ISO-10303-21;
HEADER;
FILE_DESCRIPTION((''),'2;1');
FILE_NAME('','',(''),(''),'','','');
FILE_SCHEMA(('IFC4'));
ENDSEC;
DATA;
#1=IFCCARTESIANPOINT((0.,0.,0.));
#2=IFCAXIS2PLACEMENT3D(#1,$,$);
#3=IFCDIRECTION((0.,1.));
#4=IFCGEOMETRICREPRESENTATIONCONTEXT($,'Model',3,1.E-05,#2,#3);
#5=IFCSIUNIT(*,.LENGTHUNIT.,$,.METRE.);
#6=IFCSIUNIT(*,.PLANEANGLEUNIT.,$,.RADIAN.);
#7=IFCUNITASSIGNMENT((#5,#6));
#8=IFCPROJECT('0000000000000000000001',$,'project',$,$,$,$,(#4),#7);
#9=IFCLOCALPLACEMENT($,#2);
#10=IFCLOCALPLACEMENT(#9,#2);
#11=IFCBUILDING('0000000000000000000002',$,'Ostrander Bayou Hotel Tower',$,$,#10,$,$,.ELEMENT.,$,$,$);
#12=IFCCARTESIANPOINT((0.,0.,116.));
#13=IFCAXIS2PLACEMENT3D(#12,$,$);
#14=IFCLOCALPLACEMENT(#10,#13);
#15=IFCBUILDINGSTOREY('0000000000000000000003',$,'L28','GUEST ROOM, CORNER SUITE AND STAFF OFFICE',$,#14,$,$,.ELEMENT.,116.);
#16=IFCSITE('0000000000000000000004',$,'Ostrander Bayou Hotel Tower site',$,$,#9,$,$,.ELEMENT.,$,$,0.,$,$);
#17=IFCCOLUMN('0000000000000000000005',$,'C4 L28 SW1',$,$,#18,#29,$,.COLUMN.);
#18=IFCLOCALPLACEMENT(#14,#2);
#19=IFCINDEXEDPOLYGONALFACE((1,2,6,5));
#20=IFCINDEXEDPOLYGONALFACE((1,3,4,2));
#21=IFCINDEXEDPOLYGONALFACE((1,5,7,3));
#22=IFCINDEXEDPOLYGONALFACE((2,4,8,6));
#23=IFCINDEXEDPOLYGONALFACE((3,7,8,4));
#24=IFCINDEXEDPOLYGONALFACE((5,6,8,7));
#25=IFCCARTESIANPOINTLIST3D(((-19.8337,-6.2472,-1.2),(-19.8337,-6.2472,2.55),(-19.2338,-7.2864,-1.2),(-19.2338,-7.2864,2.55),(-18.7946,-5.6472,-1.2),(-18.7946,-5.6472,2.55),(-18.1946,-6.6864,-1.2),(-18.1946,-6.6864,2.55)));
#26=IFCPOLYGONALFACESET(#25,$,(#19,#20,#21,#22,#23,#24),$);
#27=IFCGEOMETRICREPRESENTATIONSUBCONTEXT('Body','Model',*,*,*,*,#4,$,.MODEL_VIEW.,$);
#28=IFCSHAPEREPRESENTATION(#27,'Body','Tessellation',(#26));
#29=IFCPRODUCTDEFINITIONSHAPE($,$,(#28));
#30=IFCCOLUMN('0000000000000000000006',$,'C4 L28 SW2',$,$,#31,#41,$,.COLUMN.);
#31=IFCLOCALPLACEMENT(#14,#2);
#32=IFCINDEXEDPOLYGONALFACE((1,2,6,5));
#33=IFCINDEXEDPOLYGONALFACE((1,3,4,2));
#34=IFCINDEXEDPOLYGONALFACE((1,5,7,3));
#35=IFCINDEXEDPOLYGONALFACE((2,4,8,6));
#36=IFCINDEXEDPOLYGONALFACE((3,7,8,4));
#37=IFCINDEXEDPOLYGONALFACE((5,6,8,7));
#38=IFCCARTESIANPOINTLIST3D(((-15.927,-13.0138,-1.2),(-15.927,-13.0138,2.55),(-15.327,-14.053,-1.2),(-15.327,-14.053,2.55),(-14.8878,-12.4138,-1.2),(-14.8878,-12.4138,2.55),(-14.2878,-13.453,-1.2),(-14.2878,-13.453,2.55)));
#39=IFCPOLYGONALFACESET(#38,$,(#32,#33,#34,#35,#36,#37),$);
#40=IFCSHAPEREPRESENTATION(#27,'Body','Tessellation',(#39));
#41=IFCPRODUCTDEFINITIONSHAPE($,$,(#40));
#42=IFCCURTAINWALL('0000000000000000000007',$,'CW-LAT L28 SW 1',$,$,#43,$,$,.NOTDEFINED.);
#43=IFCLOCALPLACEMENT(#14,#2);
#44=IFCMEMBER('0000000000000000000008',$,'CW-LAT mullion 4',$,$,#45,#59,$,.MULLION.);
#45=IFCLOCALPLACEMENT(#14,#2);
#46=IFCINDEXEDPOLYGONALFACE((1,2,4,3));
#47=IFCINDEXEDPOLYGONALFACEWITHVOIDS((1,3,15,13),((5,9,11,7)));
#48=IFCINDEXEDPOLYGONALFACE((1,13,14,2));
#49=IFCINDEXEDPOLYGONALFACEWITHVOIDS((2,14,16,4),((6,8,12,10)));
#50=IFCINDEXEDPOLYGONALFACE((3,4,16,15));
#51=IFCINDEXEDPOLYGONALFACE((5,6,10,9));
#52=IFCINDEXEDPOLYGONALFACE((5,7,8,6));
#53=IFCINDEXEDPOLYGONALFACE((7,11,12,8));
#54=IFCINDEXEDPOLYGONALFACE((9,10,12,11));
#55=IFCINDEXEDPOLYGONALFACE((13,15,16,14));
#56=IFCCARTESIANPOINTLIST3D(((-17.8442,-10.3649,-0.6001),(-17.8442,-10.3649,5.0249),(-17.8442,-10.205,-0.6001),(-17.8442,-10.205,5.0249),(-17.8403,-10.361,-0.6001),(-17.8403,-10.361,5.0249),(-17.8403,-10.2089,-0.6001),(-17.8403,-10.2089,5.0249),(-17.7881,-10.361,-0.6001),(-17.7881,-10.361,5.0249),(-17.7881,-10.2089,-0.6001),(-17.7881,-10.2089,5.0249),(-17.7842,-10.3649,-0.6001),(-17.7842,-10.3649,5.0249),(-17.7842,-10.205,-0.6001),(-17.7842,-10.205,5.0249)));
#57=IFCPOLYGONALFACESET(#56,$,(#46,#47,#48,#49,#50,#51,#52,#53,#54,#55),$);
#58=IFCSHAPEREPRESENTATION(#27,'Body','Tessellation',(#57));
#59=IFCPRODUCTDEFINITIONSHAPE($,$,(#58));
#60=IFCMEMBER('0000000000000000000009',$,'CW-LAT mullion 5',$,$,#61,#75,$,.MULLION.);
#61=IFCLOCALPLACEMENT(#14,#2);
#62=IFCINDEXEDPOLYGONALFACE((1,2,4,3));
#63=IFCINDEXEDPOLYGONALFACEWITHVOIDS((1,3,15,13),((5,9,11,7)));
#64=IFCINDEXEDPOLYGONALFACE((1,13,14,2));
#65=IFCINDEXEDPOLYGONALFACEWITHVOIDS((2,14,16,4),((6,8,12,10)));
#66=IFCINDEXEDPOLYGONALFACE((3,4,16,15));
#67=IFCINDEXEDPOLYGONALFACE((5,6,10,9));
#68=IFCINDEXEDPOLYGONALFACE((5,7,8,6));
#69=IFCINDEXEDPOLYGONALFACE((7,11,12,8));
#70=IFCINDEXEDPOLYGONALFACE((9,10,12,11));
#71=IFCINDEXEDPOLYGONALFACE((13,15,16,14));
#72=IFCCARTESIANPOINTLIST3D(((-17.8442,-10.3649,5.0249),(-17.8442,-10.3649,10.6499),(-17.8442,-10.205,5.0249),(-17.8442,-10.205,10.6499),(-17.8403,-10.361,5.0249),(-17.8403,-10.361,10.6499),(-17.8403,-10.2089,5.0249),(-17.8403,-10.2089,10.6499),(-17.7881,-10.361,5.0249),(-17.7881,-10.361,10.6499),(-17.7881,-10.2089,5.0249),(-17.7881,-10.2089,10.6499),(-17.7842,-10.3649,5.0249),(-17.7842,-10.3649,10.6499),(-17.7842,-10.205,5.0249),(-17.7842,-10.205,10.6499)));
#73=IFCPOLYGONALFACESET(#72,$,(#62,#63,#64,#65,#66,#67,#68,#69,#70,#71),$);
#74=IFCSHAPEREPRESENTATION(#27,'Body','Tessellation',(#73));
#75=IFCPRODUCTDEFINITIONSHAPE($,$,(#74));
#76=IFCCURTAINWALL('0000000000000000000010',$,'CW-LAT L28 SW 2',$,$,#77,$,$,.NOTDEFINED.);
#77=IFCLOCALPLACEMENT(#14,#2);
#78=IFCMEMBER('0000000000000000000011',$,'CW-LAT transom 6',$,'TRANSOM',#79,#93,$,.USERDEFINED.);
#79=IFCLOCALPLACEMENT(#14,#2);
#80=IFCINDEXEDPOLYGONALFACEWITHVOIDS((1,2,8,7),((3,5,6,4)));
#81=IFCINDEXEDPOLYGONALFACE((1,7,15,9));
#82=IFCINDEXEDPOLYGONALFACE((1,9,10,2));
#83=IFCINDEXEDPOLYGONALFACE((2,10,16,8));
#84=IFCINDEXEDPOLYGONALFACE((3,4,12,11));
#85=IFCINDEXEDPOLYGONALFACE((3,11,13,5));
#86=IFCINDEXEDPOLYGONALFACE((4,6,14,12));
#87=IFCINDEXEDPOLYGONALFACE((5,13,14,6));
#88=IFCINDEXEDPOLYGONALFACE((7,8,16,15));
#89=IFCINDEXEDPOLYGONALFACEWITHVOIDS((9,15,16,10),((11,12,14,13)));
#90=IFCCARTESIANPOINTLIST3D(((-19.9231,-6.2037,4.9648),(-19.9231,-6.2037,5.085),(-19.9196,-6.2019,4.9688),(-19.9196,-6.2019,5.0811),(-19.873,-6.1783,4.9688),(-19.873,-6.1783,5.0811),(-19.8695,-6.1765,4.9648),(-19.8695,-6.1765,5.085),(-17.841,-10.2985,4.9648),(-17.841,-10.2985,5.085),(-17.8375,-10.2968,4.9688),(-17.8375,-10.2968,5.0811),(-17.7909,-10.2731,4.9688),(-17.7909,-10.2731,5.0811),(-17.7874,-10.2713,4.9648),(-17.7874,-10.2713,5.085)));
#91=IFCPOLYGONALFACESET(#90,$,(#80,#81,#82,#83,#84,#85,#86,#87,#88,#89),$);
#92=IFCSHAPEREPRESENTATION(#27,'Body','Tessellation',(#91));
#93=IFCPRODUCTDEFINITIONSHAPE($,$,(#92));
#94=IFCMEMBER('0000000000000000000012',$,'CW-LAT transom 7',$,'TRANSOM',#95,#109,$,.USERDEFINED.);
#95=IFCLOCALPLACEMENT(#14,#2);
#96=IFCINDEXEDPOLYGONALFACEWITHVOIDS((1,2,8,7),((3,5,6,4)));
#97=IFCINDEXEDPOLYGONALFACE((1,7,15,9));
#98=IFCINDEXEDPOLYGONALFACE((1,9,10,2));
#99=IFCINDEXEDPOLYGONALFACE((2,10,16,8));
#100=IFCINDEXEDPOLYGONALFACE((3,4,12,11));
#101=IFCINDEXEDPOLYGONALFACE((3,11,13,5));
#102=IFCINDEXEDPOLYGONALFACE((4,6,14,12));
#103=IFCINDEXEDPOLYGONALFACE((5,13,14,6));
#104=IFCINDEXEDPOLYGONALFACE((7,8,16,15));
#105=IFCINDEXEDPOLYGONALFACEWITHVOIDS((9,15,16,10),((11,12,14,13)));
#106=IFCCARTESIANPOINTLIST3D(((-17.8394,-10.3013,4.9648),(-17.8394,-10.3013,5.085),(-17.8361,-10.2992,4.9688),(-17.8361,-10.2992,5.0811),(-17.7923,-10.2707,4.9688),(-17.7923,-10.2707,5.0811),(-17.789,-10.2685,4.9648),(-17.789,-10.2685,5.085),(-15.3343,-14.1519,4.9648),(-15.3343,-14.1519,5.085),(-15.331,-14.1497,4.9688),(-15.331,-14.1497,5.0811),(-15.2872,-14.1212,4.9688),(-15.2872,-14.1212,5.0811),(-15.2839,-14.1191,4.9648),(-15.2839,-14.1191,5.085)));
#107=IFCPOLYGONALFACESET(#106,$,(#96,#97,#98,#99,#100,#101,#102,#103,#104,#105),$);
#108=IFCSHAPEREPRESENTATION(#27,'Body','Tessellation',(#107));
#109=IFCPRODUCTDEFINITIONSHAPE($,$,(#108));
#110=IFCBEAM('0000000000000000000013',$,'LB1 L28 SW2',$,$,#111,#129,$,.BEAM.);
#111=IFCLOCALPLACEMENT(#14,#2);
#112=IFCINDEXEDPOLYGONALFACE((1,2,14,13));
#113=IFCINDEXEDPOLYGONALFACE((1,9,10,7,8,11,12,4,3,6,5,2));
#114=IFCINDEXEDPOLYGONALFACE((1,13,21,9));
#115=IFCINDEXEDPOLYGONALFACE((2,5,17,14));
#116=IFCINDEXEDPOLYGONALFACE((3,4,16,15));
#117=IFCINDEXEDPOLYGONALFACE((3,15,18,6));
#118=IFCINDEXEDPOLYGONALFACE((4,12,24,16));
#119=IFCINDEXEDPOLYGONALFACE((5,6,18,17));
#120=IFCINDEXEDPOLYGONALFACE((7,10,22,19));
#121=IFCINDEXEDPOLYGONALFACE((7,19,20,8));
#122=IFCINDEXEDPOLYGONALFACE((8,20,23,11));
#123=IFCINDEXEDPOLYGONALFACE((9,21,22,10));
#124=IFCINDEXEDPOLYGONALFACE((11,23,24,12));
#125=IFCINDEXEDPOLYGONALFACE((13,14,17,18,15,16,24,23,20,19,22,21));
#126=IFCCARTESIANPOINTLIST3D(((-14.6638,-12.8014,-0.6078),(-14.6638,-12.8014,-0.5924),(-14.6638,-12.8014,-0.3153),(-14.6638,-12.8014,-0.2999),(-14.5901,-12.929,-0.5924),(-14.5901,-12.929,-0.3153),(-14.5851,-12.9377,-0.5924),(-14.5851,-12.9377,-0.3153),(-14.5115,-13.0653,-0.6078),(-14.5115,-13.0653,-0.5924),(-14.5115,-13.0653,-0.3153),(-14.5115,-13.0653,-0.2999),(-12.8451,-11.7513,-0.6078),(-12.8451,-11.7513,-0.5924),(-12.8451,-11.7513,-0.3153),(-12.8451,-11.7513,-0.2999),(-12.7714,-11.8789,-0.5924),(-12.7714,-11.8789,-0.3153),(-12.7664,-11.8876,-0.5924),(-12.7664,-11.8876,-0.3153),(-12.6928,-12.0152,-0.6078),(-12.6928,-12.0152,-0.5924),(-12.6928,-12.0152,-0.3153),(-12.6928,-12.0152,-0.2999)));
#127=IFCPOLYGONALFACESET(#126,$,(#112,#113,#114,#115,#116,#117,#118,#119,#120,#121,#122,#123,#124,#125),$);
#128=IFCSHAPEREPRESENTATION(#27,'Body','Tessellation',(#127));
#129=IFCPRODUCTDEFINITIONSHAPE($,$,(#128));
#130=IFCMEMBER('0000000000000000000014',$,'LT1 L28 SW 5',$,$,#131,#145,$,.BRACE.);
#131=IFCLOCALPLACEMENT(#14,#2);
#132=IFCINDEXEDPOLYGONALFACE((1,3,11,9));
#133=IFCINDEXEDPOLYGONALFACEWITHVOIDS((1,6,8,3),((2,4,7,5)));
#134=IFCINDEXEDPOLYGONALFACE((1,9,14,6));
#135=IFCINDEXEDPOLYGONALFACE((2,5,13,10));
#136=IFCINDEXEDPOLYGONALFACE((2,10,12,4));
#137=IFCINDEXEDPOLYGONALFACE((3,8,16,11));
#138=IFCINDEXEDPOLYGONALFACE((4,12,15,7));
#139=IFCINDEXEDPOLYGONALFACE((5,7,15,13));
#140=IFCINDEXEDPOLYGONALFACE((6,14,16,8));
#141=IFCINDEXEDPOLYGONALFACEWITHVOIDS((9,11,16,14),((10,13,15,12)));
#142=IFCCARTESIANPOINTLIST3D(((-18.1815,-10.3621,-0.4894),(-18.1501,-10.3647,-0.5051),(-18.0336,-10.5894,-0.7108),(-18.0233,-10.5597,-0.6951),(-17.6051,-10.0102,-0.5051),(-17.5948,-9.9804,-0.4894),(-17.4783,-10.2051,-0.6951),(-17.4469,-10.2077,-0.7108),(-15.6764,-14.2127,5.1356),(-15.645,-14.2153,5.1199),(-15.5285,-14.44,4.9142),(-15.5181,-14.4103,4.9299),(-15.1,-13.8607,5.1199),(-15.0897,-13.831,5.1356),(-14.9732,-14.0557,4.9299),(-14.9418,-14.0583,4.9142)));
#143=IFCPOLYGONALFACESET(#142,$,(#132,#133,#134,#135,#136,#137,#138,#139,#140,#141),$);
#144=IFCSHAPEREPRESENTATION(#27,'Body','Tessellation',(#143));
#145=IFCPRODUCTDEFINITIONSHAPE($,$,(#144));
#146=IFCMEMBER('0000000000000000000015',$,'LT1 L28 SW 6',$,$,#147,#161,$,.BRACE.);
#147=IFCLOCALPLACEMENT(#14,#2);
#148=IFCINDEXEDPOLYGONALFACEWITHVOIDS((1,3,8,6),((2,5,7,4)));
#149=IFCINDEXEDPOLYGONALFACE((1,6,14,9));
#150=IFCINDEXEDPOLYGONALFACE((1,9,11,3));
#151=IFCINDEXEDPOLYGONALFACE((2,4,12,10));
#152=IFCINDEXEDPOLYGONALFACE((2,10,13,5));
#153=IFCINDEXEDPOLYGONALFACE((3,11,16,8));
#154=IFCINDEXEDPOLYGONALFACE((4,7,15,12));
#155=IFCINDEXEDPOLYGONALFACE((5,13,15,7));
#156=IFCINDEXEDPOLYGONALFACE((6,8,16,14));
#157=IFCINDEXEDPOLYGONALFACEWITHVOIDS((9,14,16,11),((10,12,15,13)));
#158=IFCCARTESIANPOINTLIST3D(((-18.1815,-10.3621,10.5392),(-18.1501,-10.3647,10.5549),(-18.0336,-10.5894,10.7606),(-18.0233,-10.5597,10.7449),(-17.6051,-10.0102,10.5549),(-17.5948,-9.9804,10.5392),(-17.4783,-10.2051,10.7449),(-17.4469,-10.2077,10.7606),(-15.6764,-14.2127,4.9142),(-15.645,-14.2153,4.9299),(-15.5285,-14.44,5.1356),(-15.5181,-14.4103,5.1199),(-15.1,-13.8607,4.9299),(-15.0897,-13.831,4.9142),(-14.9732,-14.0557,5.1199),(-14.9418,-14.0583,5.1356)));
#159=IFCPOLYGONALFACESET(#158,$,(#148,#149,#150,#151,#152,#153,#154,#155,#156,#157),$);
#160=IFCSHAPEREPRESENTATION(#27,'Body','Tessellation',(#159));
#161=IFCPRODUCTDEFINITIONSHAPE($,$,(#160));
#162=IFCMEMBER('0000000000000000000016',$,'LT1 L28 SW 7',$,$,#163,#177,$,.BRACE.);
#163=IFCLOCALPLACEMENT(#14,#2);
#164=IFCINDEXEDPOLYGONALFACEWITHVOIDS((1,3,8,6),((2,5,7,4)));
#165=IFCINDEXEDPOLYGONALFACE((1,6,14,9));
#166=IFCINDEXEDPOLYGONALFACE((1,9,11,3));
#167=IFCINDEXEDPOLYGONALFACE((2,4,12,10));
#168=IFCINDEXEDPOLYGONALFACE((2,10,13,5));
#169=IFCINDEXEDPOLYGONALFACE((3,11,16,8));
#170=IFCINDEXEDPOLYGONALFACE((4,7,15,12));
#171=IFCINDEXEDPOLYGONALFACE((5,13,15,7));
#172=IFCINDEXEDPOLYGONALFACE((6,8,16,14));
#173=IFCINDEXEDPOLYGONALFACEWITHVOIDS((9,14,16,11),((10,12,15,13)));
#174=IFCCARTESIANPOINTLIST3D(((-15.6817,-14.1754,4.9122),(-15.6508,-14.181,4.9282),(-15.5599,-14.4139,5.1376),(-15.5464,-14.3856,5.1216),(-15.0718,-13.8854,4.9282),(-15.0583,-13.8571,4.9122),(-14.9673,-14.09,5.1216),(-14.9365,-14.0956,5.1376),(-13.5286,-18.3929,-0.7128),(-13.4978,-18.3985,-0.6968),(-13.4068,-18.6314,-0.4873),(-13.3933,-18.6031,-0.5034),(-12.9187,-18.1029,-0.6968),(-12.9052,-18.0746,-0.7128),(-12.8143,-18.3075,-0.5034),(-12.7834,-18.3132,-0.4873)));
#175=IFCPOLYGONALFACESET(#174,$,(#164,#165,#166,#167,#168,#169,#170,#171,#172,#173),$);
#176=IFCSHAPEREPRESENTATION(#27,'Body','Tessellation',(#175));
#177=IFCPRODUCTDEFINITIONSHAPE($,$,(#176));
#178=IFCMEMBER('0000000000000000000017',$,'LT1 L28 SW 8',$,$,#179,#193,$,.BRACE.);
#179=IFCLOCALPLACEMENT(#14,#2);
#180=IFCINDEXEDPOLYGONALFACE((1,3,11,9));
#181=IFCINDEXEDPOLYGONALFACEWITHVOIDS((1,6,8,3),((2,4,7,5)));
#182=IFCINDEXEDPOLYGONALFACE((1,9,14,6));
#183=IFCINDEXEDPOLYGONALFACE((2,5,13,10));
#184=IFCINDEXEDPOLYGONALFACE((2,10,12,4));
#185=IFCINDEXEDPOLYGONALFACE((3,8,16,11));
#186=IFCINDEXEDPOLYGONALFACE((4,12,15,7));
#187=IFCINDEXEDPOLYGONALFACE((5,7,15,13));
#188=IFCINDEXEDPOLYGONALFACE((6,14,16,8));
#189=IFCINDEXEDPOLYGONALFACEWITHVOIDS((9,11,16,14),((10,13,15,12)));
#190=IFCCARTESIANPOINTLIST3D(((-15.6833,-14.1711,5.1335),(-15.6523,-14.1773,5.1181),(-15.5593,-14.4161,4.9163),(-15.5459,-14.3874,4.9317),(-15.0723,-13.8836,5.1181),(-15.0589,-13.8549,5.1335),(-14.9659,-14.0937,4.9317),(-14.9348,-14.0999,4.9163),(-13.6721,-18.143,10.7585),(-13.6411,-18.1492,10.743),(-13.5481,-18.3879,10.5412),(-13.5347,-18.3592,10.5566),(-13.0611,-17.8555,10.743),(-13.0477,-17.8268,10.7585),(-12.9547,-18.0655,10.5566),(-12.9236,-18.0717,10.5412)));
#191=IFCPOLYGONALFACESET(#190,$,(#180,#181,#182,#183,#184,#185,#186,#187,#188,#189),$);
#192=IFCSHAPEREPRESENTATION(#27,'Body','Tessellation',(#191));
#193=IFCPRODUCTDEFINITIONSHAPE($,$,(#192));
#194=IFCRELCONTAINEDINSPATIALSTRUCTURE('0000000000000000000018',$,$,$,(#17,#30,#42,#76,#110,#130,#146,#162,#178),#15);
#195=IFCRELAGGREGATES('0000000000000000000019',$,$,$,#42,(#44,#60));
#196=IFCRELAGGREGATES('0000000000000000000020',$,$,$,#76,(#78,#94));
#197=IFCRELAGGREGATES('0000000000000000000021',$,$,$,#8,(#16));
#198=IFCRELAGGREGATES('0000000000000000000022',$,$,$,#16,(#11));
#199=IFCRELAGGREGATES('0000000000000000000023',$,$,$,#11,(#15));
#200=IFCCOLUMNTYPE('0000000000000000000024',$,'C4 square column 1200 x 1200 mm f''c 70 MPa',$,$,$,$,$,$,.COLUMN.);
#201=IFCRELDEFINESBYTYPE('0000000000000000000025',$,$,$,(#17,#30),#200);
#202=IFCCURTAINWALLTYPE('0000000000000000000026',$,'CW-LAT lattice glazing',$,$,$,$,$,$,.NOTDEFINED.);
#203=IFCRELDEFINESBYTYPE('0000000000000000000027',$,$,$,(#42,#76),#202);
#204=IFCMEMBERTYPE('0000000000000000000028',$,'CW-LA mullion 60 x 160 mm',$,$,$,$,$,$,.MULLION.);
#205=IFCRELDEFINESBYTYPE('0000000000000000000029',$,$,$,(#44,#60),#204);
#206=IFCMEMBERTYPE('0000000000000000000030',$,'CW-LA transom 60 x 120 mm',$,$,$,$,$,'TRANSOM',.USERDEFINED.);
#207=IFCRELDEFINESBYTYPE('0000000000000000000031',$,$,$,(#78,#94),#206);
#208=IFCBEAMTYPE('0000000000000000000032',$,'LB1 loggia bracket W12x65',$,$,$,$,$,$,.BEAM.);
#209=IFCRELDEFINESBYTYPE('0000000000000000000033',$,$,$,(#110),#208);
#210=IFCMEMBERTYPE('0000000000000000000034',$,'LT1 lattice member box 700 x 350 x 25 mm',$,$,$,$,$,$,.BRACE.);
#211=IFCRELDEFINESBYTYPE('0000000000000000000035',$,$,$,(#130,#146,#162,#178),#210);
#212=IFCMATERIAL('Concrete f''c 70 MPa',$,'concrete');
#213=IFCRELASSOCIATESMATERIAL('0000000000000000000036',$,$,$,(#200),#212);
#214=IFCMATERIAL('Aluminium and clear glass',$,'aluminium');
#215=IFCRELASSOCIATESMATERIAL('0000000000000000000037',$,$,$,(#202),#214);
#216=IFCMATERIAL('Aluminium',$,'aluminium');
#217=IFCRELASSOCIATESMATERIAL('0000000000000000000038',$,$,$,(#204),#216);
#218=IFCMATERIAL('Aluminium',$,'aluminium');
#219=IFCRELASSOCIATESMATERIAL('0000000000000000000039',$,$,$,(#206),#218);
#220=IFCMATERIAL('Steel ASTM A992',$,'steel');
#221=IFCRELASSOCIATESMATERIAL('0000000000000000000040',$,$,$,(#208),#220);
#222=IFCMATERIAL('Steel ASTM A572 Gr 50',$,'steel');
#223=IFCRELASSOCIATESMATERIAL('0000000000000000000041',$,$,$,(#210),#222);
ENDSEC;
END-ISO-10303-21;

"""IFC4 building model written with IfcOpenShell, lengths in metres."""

from ifc_helpers import new_model, si_unit, direction, frame, origin, origin_2d, place, context, subcontext, project, spatial, rectangle, hollow_rectangle, i_section, extrude, material, material_profile, profile_set, type_object, element, aggregate, save


model = new_model("IFC4")

# Units and contexts
model_context = context("Model", 3, precision=1e-05, world=origin(), true_north=direction((0.0, 1.0)))
body_context = subcontext(model_context, "Body", "Model", "MODEL_VIEW")
ifc_project = project(units=[si_unit("LENGTHUNIT", "METRE"), si_unit("PLANEANGLEUNIT", "RADIAN")], contexts=[model_context])

# Site, building, storey
site_placement = place(None, origin())
site = spatial("IfcSite", under=ifc_project, at=site_placement, Name="Ostrander Bayou Hotel Tower site", CompositionType="ELEMENT", RefElevation=0.0)
building_placement = place(site_placement, origin())
building = spatial("IfcBuilding", under=site, at=building_placement, Name="Ostrander Bayou Hotel Tower", CompositionType="ELEMENT")
storey_placement = place(building_placement, frame((0.0, 0.0, 116.0)))
storey = spatial("IfcBuildingStorey", under=building, at=storey_placement, Name="L28", Description="GUEST ROOM, CORNER SUITE AND STAFF OFFICE", CompositionType="ELEMENT", Elevation=116.0)

# Columns
ifc_material_1 = material(Name="Concrete f'c 70 MPa", Category="concrete")
ifc_material_profile_1 = material_profile(ifc_material_1, rectangle(XDim=1.2, YDim=1.2, at=origin_2d()))
ifc_profile_set_1 = profile_set([ifc_material_profile_1], Name="Concrete f'c 70 MPa")
column_type = type_object("IfcColumnType", Name="C4 square column 1200 x 1200 mm f'c 70 MPa", PredefinedType="COLUMN", material=ifc_profile_set_1)
for number, where, z_axis, x_axis, name in (
    (1, (-19.0142, -6.4668, -1.2), (0.0, 0.0, 1.0), (-0.5, 0.866025, 0.0), "C4 L28 SW1"),
    (2, (-15.1074, -13.2334, -1.2), (0.0, 0.0, 1.0), (-0.5, 0.866025, 0.0), "C4 L28 SW2"),
):
    element("IfcColumn", number, at=place(storey_placement, frame(where, z_axis=z_axis, x_axis=x_axis)), inside=storey, type_object=column_type, Name=name, PredefinedType="COLUMN", context=body_context, shape_type="SweptSolid", body=[
        extrude(rectangle(XDim=1.2, YDim=1.2, at=origin_2d()), origin(), (0.0, 0.0, 1.0), 3.75),
    ])

# Curtain walls, members
ifc_material_2 = material(Name="Aluminium and clear glass", Category="aluminium")
curtain_wall_type = type_object("IfcCurtainWallType", Name="CW-LAT lattice glazing", PredefinedType="NOTDEFINED", material=ifc_material_2)
curtain_wall_1_placement = place(storey_placement, origin())
curtain_wall_1 = element("IfcCurtainWall", 3, at=curtain_wall_1_placement, inside=storey, type_object=curtain_wall_type, Name="CW-LAT L28 SW 1", PredefinedType="NOTDEFINED")
ifc_material_3 = material(Name="Aluminium", Category="aluminium")
ifc_material_profile_2 = material_profile(ifc_material_3, hollow_rectangle(XDim=0.0601, YDim=0.1599, WallThickness=0.0039, at=origin_2d()))
ifc_profile_set_2 = profile_set([ifc_material_profile_2], Name="Aluminium")
member_type_1 = type_object("IfcMemberType", Name="CW-LA mullion 60 x 160 mm", PredefinedType="MULLION", material=ifc_profile_set_2)
member_1_placement = place(storey_placement, frame((-17.8142, -10.2849, -0.6001), z_axis=(0.0, 0.0, 1.0), x_axis=(1.0, 0.0, 0.0)))
member_1 = element("IfcMember", 4, at=member_1_placement, type_object=member_type_1, Name="CW-LAT mullion 4", PredefinedType="MULLION", context=body_context, shape_type="SweptSolid", body=[
    extrude(hollow_rectangle(XDim=0.0601, YDim=0.1599, WallThickness=0.0039, at=origin_2d()), origin(), (0.0, 0.0, 1.0), 5.625),
])
member_2_placement = place(storey_placement, frame((-17.8142, -10.2849, 5.0249), z_axis=(0.0, 0.0, 1.0), x_axis=(1.0, 0.0, 0.0)))
member_2 = element("IfcMember", 5, at=member_2_placement, type_object=member_type_1, Name="CW-LAT mullion 5", PredefinedType="MULLION", context=body_context, shape_type="SweptSolid", body=[
    extrude(hollow_rectangle(XDim=0.0601, YDim=0.1599, WallThickness=0.0039, at=origin_2d()), origin(), (0.0, 0.0, 1.0), 5.625),
])
curtain_wall_2_placement = place(storey_placement, origin())
curtain_wall_2 = element("IfcCurtainWall", 6, at=curtain_wall_2_placement, inside=storey, type_object=curtain_wall_type, Name="CW-LAT L28 SW 2", PredefinedType="NOTDEFINED")
ifc_material_4 = material(Name="Aluminium", Category="aluminium")
ifc_material_profile_3 = material_profile(ifc_material_4, hollow_rectangle(XDim=0.0601, YDim=0.1201, WallThickness=0.0039, at=origin_2d()))
ifc_profile_set_3 = profile_set([ifc_material_profile_3], Name="Aluminium")
member_type_2 = type_object("IfcMemberType", Name="CW-LA transom 60 x 120 mm", ElementType="TRANSOM", PredefinedType="USERDEFINED", material=ifc_profile_set_3)
member_3_placement = place(storey_placement, frame((-17.8142, -10.2849, 5.0249), z_axis=(-0.453241, 0.891388, 0.0), x_axis=(-0.891388, -0.453241, 0.0)))
member_3 = element("IfcMember", 7, at=member_3_placement, type_object=member_type_2, Name="CW-LAT transom 6", ObjectType="TRANSOM", PredefinedType="USERDEFINED", context=body_context, shape_type="SweptSolid", body=[
    extrude(hollow_rectangle(XDim=0.0601, YDim=0.1201, WallThickness=0.0039, at=origin_2d()), origin(), (0.0, 0.0, 1.0), 4.5938),
])
member_4_placement = place(storey_placement, frame((-17.8142, -10.2849, 5.0249), z_axis=(0.545332, -0.83822, 0.0), x_axis=(0.83822, 0.545332, 0.0)))
member_4 = element("IfcMember", 8, at=member_4_placement, type_object=member_type_2, Name="CW-LAT transom 7", ObjectType="TRANSOM", PredefinedType="USERDEFINED", context=body_context, shape_type="SweptSolid", body=[
    extrude(hollow_rectangle(XDim=0.0601, YDim=0.1201, WallThickness=0.0039, at=origin_2d()), origin(), (0.0, 0.0, 1.0), 4.5938),
])

# Beam
ifc_material_5 = material(Name="Steel ASTM A992", Category="steel")
ifc_material_profile_4 = material_profile(ifc_material_5, i_section(OverallWidth=0.3047, OverallDepth=0.3079, WebThickness=0.01, FlangeThickness=0.0154, at=origin_2d()))
ifc_profile_set_4 = profile_set([ifc_material_profile_4], Name="Steel ASTM A992")
beam_type_1 = type_object("IfcBeamType", Name="LB1 loggia bracket W12x65", PredefinedType="BEAM", material=ifc_profile_set_4)
beam_1_placement = place(storey_placement, frame((-14.5876, -12.9333, -0.4539), z_axis=(0.866009, 0.500028, 0.0), x_axis=(-0.500028, 0.866009, 0.0)))
element("IfcBeam", 9, at=beam_1_placement, inside=storey, type_object=beam_type_1, Name="LB1 L28 SW2", PredefinedType="BEAM", context=body_context, shape_type="SweptSolid", body=[
    extrude(i_section(OverallWidth=0.3047, OverallDepth=0.3079, WebThickness=0.01, FlangeThickness=0.0154, at=origin_2d()), origin(), (0.0, 0.0, 1.0), 2.1001),
])

# Members
ifc_material_6 = material(Name="Steel ASTM A572 Gr 50", Category="steel")
ifc_material_profile_5 = material_profile(ifc_material_6, hollow_rectangle(XDim=0.7, YDim=0.3501, WallThickness=0.0249, at=origin_2d()))
ifc_profile_set_5 = profile_set([ifc_material_profile_5], Name="Steel ASTM A572 Gr 50")
member_type_3 = type_object("IfcMemberType", Name="LT1 lattice member box 700 x 350 x 25 mm", PredefinedType="BRACE", material=ifc_profile_set_5)
for number, where, z_axis, x_axis, name in (
    (10, (-15.3091, -14.1355, 5.0249), (-0.344942, 0.530204, -0.774531), (-0.83822, -0.545332, 0.0), "LT1 L28 SW 5"),
    (11, (-15.3091, -14.1355, 5.0249), (-0.344942, 0.530204, 0.774531), (-0.83822, -0.545332, 0.0), "LT1 L28 SW 6"),
):
    element("IfcMember", number, at=place(storey_placement, frame(where, z_axis=z_axis, x_axis=x_axis)), inside=storey, type_object=member_type_3, Name=name, PredefinedType="BRACE", context=body_context, shape_type="SweptSolid", body=[
        extrude(hollow_rectangle(XDim=0.7, YDim=0.3501, WallThickness=0.0249, at=origin_2d()), origin(), (0.0, 0.0, 1.0), 7.2625),
    ])
member_5_placement = place(storey_placement, frame((-15.3091, -14.1355, 5.0249), z_axis=(0.292823, -0.573594, -0.765013), x_axis=(0.890653, 0.454684, 0.0)))
element("IfcMember", 12, at=member_5_placement, inside=storey, type_object=member_type_3, Name="LT1 L28 SW 7", PredefinedType="BRACE", context=body_context, shape_type="SweptSolid", body=[
    extrude(hollow_rectangle(XDim=0.7, YDim=0.3501, WallThickness=0.0249, at=origin_2d()), origin(), (0.0, 0.0, 1.0), 7.3528),
])
member_6_placement = place(storey_placement, frame((-15.3091, -14.1355, 5.0249), z_axis=(0.280362, -0.553679, 0.784115), x_axis=(0.892145, 0.451748, 0.0)))
element("IfcMember", 13, at=member_6_placement, inside=storey, type_object=member_type_3, Name="LT1 L28 SW 8", PredefinedType="BRACE", context=body_context, shape_type="SweptSolid", body=[
    extrude(hollow_rectangle(XDim=0.7, YDim=0.3501, WallThickness=0.0249, at=origin_2d()), origin(), (0.0, 0.0, 1.0), 7.1736),
])

aggregate(curtain_wall_1, [member_1, member_2])
aggregate(curtain_wall_2, [member_3, member_4])

save(model, "model.ifc")
